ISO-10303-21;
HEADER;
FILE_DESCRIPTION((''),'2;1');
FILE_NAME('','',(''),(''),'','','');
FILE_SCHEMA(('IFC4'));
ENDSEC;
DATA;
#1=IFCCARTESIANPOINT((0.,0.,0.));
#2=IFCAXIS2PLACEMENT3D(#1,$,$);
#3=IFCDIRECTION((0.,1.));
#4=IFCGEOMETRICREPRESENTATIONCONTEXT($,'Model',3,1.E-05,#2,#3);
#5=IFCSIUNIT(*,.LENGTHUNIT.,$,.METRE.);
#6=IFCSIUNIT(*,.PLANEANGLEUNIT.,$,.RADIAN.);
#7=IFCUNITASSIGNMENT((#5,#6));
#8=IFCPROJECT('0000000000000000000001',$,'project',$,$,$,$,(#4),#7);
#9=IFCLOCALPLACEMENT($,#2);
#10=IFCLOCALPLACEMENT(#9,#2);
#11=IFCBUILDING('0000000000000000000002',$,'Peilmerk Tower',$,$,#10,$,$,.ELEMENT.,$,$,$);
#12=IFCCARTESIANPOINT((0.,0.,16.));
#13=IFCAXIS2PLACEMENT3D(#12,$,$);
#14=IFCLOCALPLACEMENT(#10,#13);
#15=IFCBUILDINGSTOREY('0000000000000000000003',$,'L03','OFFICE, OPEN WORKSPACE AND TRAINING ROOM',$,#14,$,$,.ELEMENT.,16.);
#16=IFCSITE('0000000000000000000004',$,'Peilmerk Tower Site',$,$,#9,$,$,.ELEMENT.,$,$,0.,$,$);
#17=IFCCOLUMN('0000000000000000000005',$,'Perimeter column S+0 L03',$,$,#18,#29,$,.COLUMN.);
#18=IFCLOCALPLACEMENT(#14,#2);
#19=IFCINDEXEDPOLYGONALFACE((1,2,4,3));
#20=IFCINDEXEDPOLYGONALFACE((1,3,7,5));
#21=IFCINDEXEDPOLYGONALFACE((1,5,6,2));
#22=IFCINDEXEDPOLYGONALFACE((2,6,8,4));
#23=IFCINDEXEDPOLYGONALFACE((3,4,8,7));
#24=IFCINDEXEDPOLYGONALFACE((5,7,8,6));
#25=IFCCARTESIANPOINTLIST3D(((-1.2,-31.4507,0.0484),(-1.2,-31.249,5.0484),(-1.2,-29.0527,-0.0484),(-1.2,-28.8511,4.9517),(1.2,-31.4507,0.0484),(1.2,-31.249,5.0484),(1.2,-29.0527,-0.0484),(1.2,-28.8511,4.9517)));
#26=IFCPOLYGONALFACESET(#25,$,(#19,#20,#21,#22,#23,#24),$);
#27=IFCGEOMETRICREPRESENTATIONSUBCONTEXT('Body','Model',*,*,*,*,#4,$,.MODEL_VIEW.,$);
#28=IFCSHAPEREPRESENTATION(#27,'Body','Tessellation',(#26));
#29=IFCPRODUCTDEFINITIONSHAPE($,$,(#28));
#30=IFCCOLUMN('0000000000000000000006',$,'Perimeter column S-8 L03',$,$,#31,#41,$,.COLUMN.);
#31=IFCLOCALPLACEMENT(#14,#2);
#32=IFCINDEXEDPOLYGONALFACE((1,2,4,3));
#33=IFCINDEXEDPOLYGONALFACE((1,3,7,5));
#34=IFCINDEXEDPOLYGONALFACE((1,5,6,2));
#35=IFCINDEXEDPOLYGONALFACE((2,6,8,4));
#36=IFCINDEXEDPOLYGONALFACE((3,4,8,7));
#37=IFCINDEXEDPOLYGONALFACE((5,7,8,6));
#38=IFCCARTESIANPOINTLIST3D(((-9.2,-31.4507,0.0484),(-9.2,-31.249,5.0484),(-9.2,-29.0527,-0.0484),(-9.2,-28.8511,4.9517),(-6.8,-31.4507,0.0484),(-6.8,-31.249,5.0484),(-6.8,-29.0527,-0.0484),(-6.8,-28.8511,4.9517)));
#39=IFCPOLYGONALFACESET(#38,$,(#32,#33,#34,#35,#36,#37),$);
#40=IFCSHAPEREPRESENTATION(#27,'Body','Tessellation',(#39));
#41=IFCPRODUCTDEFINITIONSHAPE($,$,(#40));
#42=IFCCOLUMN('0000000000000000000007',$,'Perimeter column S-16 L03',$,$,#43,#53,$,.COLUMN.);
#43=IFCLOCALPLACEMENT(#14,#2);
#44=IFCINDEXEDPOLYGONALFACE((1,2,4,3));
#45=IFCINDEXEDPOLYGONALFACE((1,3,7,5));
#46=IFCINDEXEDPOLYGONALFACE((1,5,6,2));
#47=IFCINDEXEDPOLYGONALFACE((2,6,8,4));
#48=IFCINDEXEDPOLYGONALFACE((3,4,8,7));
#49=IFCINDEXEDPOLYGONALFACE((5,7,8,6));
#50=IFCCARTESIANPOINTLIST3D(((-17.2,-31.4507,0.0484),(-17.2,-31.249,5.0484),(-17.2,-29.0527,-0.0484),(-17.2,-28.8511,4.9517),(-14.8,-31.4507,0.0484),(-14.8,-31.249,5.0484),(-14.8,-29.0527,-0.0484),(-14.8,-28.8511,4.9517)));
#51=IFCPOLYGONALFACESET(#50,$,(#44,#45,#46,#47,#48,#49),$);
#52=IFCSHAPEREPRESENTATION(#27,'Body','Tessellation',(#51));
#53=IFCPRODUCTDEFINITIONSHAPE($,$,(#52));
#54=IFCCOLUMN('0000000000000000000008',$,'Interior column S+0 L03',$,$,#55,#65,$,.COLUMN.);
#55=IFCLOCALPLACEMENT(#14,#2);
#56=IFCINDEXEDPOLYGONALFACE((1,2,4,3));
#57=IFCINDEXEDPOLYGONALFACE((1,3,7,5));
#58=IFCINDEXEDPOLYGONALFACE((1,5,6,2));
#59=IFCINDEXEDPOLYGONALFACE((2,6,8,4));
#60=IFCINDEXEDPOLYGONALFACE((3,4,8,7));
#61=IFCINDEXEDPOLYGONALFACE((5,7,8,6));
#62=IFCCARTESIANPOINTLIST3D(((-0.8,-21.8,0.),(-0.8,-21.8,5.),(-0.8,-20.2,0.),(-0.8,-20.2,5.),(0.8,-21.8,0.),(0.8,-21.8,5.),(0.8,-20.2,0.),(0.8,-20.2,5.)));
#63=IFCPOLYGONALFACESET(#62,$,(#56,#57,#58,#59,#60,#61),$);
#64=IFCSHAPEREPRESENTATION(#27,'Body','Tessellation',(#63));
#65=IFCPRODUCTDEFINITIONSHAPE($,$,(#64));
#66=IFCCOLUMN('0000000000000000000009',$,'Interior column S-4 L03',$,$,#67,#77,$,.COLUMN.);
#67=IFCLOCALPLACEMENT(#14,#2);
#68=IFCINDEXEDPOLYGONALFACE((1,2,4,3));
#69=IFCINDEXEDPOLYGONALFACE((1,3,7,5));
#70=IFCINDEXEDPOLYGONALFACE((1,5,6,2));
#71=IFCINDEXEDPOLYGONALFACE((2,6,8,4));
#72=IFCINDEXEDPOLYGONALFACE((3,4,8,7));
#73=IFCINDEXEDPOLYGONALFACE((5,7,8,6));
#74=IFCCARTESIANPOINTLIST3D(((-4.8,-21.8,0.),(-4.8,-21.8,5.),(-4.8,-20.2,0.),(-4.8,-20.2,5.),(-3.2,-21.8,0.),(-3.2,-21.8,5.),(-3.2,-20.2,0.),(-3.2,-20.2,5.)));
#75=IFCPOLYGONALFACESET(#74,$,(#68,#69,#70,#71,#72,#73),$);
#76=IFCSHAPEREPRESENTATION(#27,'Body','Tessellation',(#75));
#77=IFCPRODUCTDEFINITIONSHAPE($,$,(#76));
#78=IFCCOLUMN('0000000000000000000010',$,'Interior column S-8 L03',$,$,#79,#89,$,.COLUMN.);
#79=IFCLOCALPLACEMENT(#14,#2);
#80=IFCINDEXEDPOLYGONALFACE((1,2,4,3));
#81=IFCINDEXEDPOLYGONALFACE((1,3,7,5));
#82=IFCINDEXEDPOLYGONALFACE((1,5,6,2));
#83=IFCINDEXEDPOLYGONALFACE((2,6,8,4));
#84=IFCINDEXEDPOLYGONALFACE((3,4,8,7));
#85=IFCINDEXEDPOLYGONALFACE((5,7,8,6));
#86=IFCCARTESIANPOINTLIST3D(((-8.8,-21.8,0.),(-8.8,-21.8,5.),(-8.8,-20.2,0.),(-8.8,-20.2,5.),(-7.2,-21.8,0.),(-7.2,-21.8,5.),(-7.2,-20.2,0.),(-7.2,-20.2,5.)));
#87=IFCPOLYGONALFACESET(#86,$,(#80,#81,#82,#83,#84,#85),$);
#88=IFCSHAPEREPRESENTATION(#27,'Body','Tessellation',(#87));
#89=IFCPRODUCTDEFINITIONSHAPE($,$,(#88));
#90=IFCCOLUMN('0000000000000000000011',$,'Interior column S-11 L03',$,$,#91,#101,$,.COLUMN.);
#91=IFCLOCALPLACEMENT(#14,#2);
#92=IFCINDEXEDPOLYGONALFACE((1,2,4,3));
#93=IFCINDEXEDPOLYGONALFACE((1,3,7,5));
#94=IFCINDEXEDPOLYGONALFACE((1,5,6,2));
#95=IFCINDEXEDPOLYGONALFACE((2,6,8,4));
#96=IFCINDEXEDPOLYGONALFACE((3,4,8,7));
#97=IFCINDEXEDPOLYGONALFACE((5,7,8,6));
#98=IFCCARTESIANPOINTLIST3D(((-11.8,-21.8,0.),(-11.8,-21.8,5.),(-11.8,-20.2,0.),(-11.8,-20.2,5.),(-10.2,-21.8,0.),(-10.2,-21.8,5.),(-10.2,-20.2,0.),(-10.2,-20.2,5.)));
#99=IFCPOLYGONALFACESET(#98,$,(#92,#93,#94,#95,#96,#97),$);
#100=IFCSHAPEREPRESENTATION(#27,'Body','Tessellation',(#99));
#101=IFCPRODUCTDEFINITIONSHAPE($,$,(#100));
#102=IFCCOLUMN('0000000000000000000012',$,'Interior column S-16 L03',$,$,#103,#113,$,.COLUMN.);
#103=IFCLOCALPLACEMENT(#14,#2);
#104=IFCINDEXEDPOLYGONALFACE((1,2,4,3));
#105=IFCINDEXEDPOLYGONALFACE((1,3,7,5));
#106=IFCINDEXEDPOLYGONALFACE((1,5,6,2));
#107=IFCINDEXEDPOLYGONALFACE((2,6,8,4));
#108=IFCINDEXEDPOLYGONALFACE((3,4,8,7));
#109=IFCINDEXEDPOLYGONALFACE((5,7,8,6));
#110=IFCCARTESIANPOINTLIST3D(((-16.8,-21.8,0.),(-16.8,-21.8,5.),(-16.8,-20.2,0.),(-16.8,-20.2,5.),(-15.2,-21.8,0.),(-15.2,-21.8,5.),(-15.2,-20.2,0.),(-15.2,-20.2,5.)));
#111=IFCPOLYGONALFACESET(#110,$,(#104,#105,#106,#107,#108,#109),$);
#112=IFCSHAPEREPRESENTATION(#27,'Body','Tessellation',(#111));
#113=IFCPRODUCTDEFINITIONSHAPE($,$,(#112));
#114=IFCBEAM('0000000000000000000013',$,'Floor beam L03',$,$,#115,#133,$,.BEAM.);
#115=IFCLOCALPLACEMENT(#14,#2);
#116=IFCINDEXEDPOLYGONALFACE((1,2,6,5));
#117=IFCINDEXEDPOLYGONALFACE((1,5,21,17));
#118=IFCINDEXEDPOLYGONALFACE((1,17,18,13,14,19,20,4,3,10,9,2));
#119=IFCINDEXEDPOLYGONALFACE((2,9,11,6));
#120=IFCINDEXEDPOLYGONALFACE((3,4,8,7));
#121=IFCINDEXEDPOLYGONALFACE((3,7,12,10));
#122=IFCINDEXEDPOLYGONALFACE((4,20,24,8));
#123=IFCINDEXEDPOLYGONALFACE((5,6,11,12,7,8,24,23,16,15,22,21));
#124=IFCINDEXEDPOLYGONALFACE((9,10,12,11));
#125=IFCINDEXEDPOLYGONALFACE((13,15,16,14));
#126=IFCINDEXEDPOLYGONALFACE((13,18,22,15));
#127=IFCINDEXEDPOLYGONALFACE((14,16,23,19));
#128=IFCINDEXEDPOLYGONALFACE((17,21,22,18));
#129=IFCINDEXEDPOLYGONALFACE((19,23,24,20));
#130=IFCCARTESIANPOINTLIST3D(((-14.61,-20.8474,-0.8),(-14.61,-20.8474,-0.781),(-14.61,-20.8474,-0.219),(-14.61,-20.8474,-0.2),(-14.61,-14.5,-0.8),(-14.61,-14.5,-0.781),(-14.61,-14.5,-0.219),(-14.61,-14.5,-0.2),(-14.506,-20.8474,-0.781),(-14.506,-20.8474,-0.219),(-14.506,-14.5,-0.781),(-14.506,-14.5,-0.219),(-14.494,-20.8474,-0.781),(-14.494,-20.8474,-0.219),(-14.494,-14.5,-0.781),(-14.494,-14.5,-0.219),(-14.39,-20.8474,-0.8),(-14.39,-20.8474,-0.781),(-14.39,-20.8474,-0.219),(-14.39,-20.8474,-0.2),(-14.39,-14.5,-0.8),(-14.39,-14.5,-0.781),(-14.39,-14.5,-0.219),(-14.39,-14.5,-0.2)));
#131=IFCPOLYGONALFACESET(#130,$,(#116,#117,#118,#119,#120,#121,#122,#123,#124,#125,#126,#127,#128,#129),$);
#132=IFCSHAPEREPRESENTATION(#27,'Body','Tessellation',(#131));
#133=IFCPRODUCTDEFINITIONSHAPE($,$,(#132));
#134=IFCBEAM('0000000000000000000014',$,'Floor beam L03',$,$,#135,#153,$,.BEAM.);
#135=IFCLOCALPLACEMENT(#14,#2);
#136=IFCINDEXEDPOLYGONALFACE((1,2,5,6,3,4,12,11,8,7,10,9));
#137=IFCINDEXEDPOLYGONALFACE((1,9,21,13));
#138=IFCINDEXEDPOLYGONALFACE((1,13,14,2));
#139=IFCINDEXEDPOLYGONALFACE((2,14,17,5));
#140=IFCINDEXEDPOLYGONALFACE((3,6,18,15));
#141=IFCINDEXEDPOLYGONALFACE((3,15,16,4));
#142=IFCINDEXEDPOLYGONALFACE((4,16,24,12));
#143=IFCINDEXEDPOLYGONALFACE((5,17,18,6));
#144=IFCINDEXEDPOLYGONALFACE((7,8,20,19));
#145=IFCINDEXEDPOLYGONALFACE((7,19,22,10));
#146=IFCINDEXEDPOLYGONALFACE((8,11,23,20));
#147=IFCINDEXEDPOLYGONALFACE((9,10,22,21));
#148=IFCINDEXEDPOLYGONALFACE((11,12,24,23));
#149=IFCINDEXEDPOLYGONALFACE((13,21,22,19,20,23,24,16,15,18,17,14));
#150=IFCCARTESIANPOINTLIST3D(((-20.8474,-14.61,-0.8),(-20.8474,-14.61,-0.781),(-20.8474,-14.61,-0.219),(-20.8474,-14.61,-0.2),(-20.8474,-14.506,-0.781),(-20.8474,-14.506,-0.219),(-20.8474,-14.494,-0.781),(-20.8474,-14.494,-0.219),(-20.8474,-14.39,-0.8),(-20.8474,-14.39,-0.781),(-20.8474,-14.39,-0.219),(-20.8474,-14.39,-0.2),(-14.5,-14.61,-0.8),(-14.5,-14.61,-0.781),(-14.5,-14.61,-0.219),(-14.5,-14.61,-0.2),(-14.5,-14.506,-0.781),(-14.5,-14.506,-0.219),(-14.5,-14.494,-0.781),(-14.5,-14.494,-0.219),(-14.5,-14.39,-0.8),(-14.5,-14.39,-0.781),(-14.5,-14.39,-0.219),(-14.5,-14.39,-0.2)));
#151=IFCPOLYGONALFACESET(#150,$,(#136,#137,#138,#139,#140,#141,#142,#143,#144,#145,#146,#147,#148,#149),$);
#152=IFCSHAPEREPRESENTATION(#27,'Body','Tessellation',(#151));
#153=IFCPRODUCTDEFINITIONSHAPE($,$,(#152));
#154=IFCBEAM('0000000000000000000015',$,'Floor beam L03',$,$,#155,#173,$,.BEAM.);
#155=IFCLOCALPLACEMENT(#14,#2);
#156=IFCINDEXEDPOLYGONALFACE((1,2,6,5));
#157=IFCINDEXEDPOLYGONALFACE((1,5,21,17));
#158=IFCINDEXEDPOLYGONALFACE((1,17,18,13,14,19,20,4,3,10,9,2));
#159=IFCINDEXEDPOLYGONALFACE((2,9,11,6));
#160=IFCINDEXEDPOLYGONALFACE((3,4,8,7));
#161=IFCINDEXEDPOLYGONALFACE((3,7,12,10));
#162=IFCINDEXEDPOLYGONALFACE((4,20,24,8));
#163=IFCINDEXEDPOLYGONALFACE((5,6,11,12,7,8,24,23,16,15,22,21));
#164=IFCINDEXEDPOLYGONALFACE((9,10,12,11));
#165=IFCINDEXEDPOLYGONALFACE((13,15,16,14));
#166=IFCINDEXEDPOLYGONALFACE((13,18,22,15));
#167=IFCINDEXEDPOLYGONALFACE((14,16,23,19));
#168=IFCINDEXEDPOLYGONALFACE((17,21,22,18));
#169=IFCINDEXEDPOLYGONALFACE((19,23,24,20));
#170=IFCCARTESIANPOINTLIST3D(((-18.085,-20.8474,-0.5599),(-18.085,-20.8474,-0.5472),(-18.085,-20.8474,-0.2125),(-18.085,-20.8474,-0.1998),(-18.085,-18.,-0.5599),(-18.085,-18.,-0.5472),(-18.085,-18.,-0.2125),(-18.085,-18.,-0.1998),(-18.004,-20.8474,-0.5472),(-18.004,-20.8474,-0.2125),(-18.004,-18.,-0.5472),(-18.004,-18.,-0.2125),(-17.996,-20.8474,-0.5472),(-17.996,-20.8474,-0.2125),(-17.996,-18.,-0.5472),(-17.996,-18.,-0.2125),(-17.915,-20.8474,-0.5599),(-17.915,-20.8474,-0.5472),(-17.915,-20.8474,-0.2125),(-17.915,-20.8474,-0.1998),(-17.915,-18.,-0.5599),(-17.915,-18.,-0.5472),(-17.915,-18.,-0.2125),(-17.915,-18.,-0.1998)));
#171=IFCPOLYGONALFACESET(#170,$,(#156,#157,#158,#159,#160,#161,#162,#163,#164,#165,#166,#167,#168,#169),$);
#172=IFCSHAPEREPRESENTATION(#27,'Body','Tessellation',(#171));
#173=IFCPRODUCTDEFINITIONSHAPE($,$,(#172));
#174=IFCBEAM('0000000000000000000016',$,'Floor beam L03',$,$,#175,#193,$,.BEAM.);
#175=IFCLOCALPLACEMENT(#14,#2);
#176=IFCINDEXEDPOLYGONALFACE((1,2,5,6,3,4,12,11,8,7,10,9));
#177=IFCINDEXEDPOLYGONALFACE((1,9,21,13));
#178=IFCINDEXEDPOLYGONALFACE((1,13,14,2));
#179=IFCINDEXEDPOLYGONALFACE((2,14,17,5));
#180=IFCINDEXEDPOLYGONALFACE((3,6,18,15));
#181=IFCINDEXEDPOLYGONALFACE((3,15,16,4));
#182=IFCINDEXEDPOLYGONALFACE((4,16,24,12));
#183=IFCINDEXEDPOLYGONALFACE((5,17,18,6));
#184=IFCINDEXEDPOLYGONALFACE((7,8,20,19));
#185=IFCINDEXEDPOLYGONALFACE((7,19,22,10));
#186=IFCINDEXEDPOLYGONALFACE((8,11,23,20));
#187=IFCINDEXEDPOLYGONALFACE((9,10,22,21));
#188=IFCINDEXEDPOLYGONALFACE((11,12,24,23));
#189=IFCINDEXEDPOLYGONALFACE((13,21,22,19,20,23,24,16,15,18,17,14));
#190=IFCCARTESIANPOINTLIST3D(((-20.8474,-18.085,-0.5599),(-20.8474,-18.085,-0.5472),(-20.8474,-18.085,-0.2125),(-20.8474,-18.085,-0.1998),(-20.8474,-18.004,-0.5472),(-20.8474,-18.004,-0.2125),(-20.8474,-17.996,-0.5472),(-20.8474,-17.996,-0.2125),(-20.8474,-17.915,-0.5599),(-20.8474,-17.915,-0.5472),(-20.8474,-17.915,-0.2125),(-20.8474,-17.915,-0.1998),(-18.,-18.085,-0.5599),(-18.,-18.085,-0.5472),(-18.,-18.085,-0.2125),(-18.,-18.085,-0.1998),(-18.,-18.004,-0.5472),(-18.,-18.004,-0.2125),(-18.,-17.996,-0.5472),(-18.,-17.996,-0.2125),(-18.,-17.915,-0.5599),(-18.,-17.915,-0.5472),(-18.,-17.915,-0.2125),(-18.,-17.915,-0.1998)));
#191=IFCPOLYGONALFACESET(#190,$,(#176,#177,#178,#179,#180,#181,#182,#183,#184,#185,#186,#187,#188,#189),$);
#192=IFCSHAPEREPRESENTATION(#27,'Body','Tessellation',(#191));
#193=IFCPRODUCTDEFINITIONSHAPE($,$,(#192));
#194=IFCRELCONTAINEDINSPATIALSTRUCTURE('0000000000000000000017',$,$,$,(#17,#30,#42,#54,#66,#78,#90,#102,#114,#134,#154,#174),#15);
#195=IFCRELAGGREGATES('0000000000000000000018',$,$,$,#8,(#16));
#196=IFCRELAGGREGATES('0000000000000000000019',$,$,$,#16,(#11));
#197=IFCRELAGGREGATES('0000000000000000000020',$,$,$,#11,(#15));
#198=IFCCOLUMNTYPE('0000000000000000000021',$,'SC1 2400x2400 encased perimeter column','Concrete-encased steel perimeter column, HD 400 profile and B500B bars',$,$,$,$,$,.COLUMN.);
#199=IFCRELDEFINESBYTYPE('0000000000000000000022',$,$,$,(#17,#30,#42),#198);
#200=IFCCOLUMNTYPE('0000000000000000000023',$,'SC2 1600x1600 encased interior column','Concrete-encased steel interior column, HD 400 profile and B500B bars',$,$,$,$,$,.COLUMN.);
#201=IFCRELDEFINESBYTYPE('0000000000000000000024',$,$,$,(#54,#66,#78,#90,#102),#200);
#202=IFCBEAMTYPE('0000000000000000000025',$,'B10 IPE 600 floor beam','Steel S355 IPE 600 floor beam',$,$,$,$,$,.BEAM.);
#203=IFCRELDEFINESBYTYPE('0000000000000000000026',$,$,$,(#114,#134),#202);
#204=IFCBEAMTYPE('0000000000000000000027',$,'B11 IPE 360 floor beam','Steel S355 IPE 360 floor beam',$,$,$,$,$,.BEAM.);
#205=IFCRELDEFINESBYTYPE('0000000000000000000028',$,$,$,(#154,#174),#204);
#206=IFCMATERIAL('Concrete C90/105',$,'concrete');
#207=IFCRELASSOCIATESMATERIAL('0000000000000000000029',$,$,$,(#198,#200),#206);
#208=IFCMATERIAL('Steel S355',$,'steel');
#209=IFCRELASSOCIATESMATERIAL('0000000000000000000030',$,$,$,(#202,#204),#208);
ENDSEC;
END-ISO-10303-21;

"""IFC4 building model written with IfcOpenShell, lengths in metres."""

from ifc_helpers import new_model, si_unit, direction, frame, origin, origin_2d, place, context, subcontext, project, spatial, rectangle, i_section, extrude, material, material_profile, profile_set, type_object, element, save


model = new_model("IFC4")

# Units and contexts
model_context = context("Model", 3, precision=1e-05, world=origin(), true_north=direction((0.0, 1.0)))
body_context = subcontext(model_context, "Body", "Model", "MODEL_VIEW")
ifc_project = project(units=[si_unit("LENGTHUNIT", "METRE"), si_unit("PLANEANGLEUNIT", "RADIAN")], contexts=[model_context])

# Site, building, storey
site_placement = place(None, origin())
site = spatial("IfcSite", under=ifc_project, at=site_placement, Name="Peilmerk Tower Site", CompositionType="ELEMENT", RefElevation=0.0)
building_placement = place(site_placement, origin())
building = spatial("IfcBuilding", under=site, at=building_placement, Name="Peilmerk Tower", CompositionType="ELEMENT")
storey_placement = place(building_placement, frame((0.0, 0.0, 16.0)))
storey = spatial("IfcBuildingStorey", under=building, at=storey_placement, Name="L03", Description="OFFICE, OPEN WORKSPACE AND TRAINING ROOM", CompositionType="ELEMENT", Elevation=16.0)

# Columns
ifc_material_1 = material(Name="Concrete C90/105", Category="concrete")
ifc_material_profile_1 = material_profile(ifc_material_1, rectangle(XDim=2.3999, YDim=2.3999, at=origin_2d()), Name="RC 2400x2400")
ifc_profile_set_1 = profile_set([ifc_material_profile_1], Name="Concrete C90/105")
column_type_1 = type_object("IfcColumnType", Name="SC1 2400x2400 encased perimeter column", Description="Concrete-encased steel perimeter column, HD 400 profile and B500B bars", PredefinedType="COLUMN", material=ifc_profile_set_1)
for number, where, z_axis, x_axis, name in (
    (1, (0.0, -30.2517, 0.0), (0.0, 0.040299, 0.999188), (-1.0, 0.0, 0.0), "Perimeter column S+0 L03"),
    (2, (-8.0, -30.2517, 0.0), (0.0, 0.040299, 0.999188), (-1.0, 0.0, 0.0), "Perimeter column S-8 L03"),
    (3, (-16.0, -30.2517, 0.0), (0.0, 0.040299, 0.999188), (-1.0, 0.0, 0.0), "Perimeter column S-16 L03"),
):
    element("IfcColumn", number, at=place(storey_placement, frame(where, z_axis=z_axis, x_axis=x_axis)), inside=storey, type_object=column_type_1, Name=name, PredefinedType="COLUMN", context=body_context, shape_type="SweptSolid", body=[
        extrude(rectangle(XDim=2.3999, YDim=2.3999, at=origin_2d()), origin(), (0.0, 0.0, 1.0), 5.0042),
    ])
ifc_material_profile_2 = material_profile(ifc_material_1, rectangle(XDim=1.6001, YDim=1.6001, at=origin_2d()), Name="RC 1600x1600")
ifc_profile_set_2 = profile_set([ifc_material_profile_2], Name="Concrete C90/105")
column_type_2 = type_object("IfcColumnType", Name="SC2 1600x1600 encased interior column", Description="Concrete-encased steel interior column, HD 400 profile and B500B bars", PredefinedType="COLUMN", material=ifc_profile_set_2)
for number, where, z_axis, x_axis, name in (
    (4, (0.0, -21.0, 0.0), (0.0, 0.0, 1.0), (1.0, 0.0, 0.0), "Interior column S+0 L03"),
    (5, (-4.0, -21.0, 0.0), (0.0, 0.0, 1.0), (1.0, 0.0, 0.0), "Interior column S-4 L03"),
    (6, (-8.0, -21.0, 0.0), (0.0, 0.0, 1.0), (1.0, 0.0, 0.0), "Interior column S-8 L03"),
    (7, (-11.0, -21.0, 0.0), (0.0, 0.0, 1.0), (1.0, 0.0, 0.0), "Interior column S-11 L03"),
    (8, (-16.0, -21.0, 0.0), (0.0, 0.0, 1.0), (1.0, 0.0, 0.0), "Interior column S-16 L03"),
):
    element("IfcColumn", number, at=place(storey_placement, frame(where, z_axis=z_axis, x_axis=x_axis)), inside=storey, type_object=column_type_2, Name=name, PredefinedType="COLUMN", context=body_context, shape_type="SweptSolid", body=[
        extrude(rectangle(XDim=1.6001, YDim=1.6001, at=origin_2d()), origin(), (0.0, 0.0, 1.0), 5.0),
    ])

# Beams
ifc_material_2 = material(Name="Steel S355", Category="steel")
ifc_material_profile_3 = material_profile(ifc_material_2, i_section(OverallWidth=0.22, OverallDepth=0.6001, WebThickness=0.012, FlangeThickness=0.019, at=origin_2d()), Name="IPE 600")
ifc_profile_set_3 = profile_set([ifc_material_profile_3], Name="Steel S355")
beam_type_1 = type_object("IfcBeamType", Name="B10 IPE 600 floor beam", Description="Steel S355 IPE 600 floor beam", PredefinedType="BEAM", material=ifc_profile_set_3)
for number, where, z_axis, x_axis, name in (
    (9, (-14.5, -14.5, -0.5), (0.0, -1.0, 0.0), (1.0, 0.0, 0.0), "Floor beam L03"),
    (10, (-14.5, -14.5, -0.5), (-1.0, 0.0, 0.0), (0.0, -1.0, 0.0), "Floor beam L03"),
):
    element("IfcBeam", number, at=place(storey_placement, frame(where, z_axis=z_axis, x_axis=x_axis)), inside=storey, type_object=beam_type_1, Name=name, PredefinedType="BEAM", context=body_context, shape_type="SweptSolid", body=[
        extrude(i_section(OverallWidth=0.22, OverallDepth=0.6001, WebThickness=0.012, FlangeThickness=0.019, at=origin_2d()), origin(), (0.0, 0.0, 1.0), 6.3474),
    ])
ifc_material_profile_4 = material_profile(ifc_material_2, i_section(OverallWidth=0.1699, OverallDepth=0.3601, WebThickness=0.0081, FlangeThickness=0.0127, at=origin_2d()), Name="IPE 360")
ifc_profile_set_4 = profile_set([ifc_material_profile_4], Name="Steel S355")
beam_type_2 = type_object("IfcBeamType", Name="B11 IPE 360 floor beam", Description="Steel S355 IPE 360 floor beam", PredefinedType="BEAM", material=ifc_profile_set_4)
for number, where, z_axis, x_axis, name in (
    (11, (-18.0, -18.0, -0.3799), (0.0, -1.0, 0.0), (1.0, 0.0, 0.0), "Floor beam L03"),
    (12, (-18.0, -18.0, -0.3799), (-1.0, 0.0, 0.0), (0.0, -1.0, 0.0), "Floor beam L03"),
):
    element("IfcBeam", number, at=place(storey_placement, frame(where, z_axis=z_axis, x_axis=x_axis)), inside=storey, type_object=beam_type_2, Name=name, PredefinedType="BEAM", context=body_context, shape_type="SweptSolid", body=[
        extrude(i_section(OverallWidth=0.1699, OverallDepth=0.3601, WebThickness=0.0081, FlangeThickness=0.0127, at=origin_2d()), origin(), (0.0, 0.0, 1.0), 2.8474),
    ])

save(model, "model.ifc")
